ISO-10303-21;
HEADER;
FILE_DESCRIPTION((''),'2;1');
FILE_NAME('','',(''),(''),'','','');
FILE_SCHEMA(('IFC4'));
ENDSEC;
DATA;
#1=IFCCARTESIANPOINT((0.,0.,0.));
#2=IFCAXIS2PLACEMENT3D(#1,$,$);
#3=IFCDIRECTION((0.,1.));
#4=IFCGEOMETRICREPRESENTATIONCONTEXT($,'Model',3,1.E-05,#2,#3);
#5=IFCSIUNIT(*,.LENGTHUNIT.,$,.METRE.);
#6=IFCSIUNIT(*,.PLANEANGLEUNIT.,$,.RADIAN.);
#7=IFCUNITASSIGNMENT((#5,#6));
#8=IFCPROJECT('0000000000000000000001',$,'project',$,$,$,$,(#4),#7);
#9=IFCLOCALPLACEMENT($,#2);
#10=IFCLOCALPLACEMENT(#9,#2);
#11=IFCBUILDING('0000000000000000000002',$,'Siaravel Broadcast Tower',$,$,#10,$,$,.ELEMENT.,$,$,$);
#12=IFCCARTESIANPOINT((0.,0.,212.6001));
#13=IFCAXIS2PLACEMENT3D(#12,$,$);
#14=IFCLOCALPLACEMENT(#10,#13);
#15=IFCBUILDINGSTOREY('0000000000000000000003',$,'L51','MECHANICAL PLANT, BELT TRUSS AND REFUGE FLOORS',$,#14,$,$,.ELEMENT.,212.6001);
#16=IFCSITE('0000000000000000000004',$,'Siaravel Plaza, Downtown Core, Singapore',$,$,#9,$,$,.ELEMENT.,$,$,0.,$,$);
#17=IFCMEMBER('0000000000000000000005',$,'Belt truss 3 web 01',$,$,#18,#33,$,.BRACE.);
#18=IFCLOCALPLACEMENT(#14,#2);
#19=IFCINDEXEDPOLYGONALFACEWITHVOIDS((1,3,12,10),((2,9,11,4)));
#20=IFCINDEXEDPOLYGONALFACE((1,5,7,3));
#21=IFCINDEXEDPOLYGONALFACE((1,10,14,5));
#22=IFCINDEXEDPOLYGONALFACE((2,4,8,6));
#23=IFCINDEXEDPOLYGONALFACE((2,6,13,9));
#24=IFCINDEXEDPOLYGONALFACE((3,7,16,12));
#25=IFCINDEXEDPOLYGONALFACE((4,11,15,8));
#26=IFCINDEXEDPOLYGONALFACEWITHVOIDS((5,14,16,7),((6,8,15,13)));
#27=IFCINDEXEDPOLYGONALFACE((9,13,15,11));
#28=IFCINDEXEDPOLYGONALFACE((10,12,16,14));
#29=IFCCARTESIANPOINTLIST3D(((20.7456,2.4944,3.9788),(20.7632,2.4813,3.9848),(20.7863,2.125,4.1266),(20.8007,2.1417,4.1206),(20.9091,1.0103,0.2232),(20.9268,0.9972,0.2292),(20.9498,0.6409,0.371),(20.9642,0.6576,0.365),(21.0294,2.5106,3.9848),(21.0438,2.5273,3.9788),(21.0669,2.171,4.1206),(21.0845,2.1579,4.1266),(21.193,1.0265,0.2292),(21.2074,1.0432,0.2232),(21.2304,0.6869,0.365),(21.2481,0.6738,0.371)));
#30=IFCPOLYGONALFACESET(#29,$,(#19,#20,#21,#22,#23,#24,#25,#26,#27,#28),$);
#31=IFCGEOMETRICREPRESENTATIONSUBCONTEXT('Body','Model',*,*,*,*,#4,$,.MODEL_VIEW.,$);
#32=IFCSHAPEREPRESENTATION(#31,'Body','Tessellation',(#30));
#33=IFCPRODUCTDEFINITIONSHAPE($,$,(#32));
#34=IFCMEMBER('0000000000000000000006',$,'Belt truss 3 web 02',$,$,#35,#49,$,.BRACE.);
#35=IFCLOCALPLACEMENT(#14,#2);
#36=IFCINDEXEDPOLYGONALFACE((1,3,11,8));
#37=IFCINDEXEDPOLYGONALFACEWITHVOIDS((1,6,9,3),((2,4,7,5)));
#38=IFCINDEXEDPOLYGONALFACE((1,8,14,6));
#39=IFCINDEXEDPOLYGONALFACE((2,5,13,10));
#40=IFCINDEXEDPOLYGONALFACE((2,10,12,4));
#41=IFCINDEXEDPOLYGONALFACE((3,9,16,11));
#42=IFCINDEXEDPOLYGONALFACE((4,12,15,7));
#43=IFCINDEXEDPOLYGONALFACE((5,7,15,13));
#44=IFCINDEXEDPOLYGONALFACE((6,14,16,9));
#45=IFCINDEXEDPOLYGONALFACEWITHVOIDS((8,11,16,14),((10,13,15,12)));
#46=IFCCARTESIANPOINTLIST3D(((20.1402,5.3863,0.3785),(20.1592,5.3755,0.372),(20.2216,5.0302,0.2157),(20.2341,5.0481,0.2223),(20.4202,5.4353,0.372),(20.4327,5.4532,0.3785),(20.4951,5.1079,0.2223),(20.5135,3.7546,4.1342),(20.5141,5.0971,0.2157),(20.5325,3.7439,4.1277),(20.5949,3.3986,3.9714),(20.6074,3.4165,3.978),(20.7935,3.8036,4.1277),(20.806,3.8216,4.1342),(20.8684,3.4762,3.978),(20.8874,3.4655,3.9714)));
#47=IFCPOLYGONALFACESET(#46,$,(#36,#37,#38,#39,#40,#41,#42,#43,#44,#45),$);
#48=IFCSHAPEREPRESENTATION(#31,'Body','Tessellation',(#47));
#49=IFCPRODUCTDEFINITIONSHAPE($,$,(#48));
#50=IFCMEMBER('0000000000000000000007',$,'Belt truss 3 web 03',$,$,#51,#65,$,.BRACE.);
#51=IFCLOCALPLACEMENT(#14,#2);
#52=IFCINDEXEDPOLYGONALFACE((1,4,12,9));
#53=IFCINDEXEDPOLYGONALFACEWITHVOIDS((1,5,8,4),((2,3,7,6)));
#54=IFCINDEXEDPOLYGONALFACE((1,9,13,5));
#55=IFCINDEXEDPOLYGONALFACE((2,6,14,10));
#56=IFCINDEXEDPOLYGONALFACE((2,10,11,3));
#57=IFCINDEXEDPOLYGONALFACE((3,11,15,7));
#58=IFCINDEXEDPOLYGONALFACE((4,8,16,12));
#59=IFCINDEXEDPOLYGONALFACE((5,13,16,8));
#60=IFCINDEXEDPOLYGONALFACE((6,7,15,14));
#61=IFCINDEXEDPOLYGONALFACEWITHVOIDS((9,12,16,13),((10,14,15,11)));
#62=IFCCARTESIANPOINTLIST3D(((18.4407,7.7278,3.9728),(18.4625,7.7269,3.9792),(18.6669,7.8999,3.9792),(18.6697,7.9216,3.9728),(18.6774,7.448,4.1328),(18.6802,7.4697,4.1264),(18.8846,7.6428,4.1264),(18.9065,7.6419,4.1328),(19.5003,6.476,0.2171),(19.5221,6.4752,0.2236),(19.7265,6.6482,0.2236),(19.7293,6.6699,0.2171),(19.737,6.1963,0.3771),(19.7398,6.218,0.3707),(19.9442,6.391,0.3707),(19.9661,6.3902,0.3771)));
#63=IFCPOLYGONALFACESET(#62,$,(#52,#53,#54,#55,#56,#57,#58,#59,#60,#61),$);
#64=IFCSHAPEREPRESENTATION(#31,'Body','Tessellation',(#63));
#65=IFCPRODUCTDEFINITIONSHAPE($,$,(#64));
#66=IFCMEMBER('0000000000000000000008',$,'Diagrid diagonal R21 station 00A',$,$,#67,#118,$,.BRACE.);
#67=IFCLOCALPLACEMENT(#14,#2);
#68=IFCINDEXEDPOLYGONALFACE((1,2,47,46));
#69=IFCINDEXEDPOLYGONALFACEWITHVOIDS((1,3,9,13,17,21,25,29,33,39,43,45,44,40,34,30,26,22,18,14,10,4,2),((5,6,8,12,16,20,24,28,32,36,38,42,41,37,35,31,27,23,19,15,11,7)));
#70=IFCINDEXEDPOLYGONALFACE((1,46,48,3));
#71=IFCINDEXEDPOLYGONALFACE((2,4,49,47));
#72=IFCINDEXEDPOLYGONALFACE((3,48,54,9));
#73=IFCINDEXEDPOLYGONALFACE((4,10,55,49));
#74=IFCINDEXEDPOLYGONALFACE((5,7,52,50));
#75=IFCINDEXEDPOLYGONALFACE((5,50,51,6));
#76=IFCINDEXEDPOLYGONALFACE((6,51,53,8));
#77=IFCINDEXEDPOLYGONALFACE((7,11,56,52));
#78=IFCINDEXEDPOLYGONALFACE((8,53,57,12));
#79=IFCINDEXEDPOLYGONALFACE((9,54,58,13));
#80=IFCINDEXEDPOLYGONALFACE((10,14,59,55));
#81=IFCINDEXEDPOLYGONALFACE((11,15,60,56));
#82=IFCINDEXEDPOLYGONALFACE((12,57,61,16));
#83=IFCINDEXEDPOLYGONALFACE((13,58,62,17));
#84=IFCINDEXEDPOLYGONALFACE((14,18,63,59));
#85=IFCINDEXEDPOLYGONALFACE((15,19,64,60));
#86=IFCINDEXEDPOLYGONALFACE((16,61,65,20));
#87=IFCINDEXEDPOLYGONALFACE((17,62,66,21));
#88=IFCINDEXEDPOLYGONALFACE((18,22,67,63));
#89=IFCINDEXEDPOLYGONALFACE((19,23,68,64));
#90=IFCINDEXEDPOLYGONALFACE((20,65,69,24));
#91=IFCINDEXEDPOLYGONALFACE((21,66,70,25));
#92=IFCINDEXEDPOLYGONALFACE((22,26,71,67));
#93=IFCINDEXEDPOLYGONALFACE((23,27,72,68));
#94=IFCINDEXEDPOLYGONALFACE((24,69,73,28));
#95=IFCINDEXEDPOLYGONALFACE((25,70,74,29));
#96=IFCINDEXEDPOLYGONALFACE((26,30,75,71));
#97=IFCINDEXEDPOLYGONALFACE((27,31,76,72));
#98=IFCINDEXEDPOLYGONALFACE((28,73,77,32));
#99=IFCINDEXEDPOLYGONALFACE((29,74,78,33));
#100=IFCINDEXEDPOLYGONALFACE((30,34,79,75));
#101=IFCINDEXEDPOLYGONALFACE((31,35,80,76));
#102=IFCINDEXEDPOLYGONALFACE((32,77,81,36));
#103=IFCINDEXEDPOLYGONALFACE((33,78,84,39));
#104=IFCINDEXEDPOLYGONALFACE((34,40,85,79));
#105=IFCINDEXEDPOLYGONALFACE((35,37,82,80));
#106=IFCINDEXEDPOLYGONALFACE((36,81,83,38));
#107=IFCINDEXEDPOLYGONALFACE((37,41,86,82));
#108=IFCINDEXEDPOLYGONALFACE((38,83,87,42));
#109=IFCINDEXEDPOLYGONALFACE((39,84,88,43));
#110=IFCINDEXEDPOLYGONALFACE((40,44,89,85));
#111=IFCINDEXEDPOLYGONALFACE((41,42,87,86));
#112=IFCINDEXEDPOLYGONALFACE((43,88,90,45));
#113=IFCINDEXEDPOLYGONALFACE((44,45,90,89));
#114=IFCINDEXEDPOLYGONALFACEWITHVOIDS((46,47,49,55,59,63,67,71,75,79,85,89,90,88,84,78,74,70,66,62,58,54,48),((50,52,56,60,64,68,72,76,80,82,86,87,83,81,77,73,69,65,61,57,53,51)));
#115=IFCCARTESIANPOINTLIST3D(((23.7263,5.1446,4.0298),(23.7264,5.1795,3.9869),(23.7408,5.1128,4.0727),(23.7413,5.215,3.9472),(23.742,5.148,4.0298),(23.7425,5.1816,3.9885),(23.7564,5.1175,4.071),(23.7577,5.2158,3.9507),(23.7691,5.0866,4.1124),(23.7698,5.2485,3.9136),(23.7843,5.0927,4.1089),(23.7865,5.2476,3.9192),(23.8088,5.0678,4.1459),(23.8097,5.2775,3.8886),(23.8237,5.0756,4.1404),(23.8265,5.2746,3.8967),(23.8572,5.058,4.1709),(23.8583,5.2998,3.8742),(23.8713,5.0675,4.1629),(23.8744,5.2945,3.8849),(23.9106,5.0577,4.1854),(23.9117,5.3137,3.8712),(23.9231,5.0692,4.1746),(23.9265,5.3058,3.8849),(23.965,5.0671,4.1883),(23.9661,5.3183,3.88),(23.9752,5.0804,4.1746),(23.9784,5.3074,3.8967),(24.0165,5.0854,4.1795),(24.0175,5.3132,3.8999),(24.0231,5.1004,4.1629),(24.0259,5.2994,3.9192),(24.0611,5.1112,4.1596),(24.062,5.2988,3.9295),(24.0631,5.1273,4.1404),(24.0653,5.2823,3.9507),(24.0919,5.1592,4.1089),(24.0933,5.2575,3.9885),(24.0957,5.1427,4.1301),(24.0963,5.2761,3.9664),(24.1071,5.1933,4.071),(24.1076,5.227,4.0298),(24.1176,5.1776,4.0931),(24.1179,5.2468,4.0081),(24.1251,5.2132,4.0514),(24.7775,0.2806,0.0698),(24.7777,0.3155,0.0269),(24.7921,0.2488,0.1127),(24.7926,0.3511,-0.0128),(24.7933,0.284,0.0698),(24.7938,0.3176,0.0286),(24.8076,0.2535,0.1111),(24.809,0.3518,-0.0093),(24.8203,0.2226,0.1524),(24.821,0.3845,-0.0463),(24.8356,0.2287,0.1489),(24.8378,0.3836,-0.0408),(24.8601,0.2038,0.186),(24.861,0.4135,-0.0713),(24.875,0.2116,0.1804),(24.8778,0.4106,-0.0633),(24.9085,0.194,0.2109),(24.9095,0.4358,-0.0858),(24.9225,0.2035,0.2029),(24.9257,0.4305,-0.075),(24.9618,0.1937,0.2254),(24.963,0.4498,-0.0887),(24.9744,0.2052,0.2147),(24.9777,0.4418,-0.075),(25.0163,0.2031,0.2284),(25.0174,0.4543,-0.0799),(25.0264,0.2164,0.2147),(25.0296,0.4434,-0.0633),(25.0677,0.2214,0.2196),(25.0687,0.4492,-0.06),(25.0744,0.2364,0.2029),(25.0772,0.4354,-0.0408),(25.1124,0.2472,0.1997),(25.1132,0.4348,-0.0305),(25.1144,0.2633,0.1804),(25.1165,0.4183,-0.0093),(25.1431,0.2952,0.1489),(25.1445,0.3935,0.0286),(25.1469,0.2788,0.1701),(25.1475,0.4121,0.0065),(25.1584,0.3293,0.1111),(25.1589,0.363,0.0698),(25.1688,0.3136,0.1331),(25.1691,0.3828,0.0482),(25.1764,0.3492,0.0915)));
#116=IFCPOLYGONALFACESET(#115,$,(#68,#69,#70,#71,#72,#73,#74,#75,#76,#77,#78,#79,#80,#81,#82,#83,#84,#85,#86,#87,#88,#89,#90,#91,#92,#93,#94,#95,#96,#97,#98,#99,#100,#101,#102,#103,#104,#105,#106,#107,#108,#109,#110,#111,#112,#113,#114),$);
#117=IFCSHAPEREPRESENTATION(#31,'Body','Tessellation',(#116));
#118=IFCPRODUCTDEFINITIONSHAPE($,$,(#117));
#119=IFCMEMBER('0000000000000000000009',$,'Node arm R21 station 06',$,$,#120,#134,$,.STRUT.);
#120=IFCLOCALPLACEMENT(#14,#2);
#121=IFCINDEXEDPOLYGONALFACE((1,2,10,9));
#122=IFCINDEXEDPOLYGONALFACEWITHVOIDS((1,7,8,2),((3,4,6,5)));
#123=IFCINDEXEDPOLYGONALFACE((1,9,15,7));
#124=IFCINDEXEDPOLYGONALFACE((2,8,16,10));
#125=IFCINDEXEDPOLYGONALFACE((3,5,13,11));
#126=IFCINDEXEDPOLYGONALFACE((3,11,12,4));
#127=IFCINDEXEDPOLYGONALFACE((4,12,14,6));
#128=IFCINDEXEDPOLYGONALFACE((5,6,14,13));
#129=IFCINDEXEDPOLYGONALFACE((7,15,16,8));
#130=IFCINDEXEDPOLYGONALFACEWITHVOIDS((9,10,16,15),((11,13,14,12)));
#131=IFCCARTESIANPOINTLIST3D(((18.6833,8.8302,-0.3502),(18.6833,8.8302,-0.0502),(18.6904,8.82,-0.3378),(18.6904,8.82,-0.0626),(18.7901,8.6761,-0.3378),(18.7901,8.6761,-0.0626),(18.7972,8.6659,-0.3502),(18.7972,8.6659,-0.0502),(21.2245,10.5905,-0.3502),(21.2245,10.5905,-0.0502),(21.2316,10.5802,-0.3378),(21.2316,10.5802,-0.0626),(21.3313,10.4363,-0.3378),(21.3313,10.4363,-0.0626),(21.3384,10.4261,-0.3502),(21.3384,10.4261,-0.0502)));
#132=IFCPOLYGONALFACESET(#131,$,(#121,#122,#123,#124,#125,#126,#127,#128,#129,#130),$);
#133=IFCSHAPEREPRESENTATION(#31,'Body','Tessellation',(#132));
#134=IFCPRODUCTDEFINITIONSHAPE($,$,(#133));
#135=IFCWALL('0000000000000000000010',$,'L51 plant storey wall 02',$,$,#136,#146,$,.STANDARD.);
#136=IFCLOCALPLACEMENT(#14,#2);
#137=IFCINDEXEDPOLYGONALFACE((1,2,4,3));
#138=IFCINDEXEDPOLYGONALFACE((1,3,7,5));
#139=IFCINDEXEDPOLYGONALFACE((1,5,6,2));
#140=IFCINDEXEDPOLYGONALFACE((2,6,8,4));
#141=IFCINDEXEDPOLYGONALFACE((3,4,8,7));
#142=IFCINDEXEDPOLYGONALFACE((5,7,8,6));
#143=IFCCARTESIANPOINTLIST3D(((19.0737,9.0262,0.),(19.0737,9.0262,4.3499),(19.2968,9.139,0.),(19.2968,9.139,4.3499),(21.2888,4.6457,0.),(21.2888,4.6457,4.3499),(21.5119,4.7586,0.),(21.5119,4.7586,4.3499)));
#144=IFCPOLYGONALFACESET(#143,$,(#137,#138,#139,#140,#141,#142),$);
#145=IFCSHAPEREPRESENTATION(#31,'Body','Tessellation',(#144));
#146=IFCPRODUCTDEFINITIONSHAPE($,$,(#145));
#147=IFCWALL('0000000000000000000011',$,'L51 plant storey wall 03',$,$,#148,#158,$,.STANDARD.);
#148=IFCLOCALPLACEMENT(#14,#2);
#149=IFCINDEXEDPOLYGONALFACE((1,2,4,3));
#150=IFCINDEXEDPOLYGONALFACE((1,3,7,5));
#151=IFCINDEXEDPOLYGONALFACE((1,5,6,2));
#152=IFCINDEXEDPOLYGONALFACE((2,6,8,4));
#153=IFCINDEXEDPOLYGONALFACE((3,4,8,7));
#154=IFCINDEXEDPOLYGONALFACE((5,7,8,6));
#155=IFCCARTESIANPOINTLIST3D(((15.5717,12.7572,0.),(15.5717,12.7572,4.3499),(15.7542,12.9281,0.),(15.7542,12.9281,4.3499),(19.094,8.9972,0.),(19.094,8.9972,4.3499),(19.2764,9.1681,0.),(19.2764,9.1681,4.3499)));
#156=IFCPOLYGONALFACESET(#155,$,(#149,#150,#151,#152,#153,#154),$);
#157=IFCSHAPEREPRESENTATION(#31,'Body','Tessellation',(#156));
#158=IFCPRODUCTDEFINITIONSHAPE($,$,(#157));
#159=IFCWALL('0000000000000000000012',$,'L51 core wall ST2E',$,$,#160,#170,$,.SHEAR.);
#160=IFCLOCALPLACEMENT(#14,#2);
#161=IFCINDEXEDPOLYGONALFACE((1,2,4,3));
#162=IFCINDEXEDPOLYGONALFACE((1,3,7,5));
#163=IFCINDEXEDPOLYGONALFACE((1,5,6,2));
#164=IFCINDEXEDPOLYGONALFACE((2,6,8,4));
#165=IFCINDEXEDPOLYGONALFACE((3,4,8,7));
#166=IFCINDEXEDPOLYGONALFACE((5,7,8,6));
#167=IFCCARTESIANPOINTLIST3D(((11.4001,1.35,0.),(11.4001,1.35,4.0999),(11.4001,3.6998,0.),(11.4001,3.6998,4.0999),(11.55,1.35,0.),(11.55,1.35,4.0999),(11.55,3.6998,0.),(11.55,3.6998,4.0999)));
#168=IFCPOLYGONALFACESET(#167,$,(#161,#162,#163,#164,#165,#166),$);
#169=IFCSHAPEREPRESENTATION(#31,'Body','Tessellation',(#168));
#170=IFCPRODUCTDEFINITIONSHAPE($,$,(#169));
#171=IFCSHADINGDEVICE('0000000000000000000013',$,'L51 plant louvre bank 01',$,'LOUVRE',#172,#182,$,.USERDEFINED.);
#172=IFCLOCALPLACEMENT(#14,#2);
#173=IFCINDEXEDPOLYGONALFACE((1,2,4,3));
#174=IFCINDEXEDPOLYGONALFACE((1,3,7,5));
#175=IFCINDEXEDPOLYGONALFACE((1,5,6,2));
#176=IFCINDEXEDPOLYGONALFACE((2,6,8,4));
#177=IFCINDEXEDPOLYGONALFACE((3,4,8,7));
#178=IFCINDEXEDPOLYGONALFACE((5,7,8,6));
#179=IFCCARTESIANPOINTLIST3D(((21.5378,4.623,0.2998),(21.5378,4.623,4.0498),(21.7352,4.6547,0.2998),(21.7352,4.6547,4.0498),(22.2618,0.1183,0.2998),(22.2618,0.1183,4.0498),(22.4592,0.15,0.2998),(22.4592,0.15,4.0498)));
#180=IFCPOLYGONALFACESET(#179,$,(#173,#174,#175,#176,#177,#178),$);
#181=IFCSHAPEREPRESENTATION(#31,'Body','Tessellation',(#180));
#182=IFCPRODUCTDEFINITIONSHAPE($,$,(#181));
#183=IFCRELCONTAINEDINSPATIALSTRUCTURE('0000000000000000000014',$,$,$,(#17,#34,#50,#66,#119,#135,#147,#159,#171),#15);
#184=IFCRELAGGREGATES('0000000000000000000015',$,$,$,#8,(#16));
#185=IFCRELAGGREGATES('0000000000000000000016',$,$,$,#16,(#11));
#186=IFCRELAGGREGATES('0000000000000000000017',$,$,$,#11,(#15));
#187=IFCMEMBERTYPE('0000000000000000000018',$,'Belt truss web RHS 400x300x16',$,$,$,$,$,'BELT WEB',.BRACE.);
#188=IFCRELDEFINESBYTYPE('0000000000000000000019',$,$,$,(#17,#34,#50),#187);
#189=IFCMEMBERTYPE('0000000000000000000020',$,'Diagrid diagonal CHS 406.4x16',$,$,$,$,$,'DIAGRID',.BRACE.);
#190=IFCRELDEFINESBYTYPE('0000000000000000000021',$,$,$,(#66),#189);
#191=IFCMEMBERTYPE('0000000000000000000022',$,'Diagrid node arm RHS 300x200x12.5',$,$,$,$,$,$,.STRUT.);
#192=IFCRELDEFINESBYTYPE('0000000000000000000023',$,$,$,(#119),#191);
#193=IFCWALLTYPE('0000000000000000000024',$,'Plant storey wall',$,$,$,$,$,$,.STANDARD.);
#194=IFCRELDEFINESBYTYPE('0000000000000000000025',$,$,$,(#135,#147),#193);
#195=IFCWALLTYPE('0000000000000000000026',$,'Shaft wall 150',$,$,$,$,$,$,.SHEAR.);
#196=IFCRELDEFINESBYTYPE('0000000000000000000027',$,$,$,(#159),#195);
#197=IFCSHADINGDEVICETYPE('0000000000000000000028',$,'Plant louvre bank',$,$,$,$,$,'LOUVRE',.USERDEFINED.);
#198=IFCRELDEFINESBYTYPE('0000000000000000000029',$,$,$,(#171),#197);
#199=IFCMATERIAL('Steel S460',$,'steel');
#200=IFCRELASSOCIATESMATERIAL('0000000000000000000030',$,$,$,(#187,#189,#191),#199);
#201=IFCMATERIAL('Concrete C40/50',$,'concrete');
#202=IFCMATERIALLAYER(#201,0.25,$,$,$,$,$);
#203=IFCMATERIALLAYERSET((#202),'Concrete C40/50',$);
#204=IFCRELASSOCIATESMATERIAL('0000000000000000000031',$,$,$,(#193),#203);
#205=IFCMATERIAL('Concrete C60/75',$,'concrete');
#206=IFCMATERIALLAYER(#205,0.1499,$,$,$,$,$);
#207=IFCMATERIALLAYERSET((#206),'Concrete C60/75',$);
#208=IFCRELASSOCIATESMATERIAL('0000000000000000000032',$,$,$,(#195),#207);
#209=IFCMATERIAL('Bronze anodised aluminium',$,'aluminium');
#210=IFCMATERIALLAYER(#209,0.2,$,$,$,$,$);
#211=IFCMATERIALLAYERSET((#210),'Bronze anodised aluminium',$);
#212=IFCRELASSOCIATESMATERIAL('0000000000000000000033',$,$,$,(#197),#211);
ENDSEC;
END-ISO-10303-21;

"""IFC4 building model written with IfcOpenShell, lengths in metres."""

from ifc_helpers import new_model, si_unit, direction, frame, frame_2d, origin, origin_2d, place, context, subcontext, project, spatial, rectangle, hollow_rectangle, hollow_circle, extrude, material, layer, layer_set, material_profile, profile_set, type_object, element, save


model = new_model("IFC4")

# Units and contexts
model_context = context("Model", 3, precision=1e-05, world=origin(), true_north=direction((0.0, 1.0)))
body_context = subcontext(model_context, "Body", "Model", "MODEL_VIEW")
ifc_project = project(units=[si_unit("LENGTHUNIT", "METRE"), si_unit("PLANEANGLEUNIT", "RADIAN")], contexts=[model_context])

# Site, building, storey
site_placement = place(None, origin())
site = spatial("IfcSite", under=ifc_project, at=site_placement, Name="Siaravel Plaza, Downtown Core, Singapore", CompositionType="ELEMENT", RefElevation=0.0)
building_placement = place(site_placement, origin())
building = spatial("IfcBuilding", under=site, at=building_placement, Name="Siaravel Broadcast Tower", CompositionType="ELEMENT")
storey_placement = place(building_placement, frame((0.0, 0.0, 212.6001)))
storey = spatial("IfcBuildingStorey", under=building, at=storey_placement, Name="L51", Description="MECHANICAL PLANT, BELT TRUSS AND REFUGE FLOORS", CompositionType="ELEMENT", Elevation=212.6001)

# Shared definitions
ifc_material_1 = material(Name="Concrete C60/75", Category="concrete")

# Shared definitions
ifc_material_2 = material(Name="Steel S460", Category="steel")

# Members
ifc_material_profile_1 = material_profile(ifc_material_2, hollow_rectangle(XDim=0.3, YDim=0.3999, WallThickness=0.0161, at=origin_2d()))
ifc_profile_set_1 = profile_set([ifc_material_profile_1], Name="Steel S460")
member_type_1 = type_object("IfcMemberType", Name="Belt truss web RHS 400x300x16", ElementType="BELT WEB", PredefinedType="BRACE", material=ifc_profile_set_1)
member_1_placement = place(storey_placement, frame((21.0786, 0.842, 0.2971), z_axis=(-0.040473, 0.367219, 0.929253), x_axis=(-0.993981, -0.109552, 0.0)))
element("IfcMember", 1, at=member_1_placement, inside=storey, type_object=member_type_1, Name="Belt truss 3 web 01", PredefinedType="BRACE", context=body_context, shape_type="SweptSolid", body=[
    extrude(hollow_rectangle(XDim=0.3, YDim=0.3999, WallThickness=0.0161, at=origin_2d()), origin(), (0.0, 0.0, 1.0), 4.0415),
])
member_2_placement = place(storey_placement, frame((20.3271, 5.2417, 0.2971), z_axis=(0.090787, -0.396817, 0.913397), x_axis=(0.974812, 0.223027, 0.0)))
element("IfcMember", 2, at=member_2_placement, inside=storey, type_object=member_type_1, Name="Belt truss 3 web 02", PredefinedType="BRACE", context=body_context, shape_type="SweptSolid", body=[
    extrude(hollow_rectangle(XDim=0.3, YDim=0.3999, WallThickness=0.0161, at=origin_2d()), origin(), (0.0, 0.0, 1.0), 4.1118),
])
member_3_placement = place(storey_placement, frame((19.7332, 6.4331, 0.2971), z_axis=(-0.258554, 0.305439, 0.916437), x_axis=(-0.763256, -0.646096, 0.0)))
element("IfcMember", 3, at=member_3_placement, inside=storey, type_object=member_type_1, Name="Belt truss 3 web 03", PredefinedType="BRACE", context=body_context, shape_type="SweptSolid", body=[
    extrude(hollow_rectangle(XDim=0.3, YDim=0.3999, WallThickness=0.0161, at=origin_2d()), origin(), (0.0, 0.0, 1.0), 4.0981),
])
ifc_material_profile_2 = material_profile(ifc_material_2, hollow_circle(Radius=0.2031, WallThickness=0.0161, at=origin_2d()))
ifc_profile_set_2 = profile_set([ifc_material_profile_2], Name="Steel S460")
member_type_2 = type_object("IfcMemberType", Name="Diagrid diagonal CHS 406.4x16", ElementType="DIAGRID", PredefinedType="BRACE", material=ifc_profile_set_2)
member_4_placement = place(storey_placement, frame((24.9761, 0.3235, 0.0698), z_axis=(-0.165303, 0.764825, 0.62267), x_axis=(-0.977431, -0.211254, 0.0)))
element("IfcMember", 4, at=member_4_placement, inside=storey, type_object=member_type_2, Name="Diagrid diagonal R21 station 00A", PredefinedType="BRACE", context=body_context, shape_type="SweptSolid", body=[
    extrude(hollow_circle(Radius=0.2031, WallThickness=0.0161, at=origin_2d()), origin(), (0.0, 0.0, 1.0), 6.3596),
])
ifc_material_profile_3 = material_profile(ifc_material_2, hollow_rectangle(XDim=0.2, YDim=0.3, WallThickness=0.0125, at=origin_2d()))
ifc_profile_set_3 = profile_set([ifc_material_profile_3], Name="Steel S460")
member_type_3 = type_object("IfcMemberType", Name="Diagrid node arm RHS 300x200x12.5", PredefinedType="STRUT", material=ifc_profile_set_3)
member_5_placement = place(storey_placement, frame((18.7402, 8.748, -0.2002), z_axis=(0.822053, 0.569411, 0.0), x_axis=(-0.569411, 0.822053, 0.0)))
element("IfcMember", 5, at=member_5_placement, inside=storey, type_object=member_type_3, Name="Node arm R21 station 06", PredefinedType="STRUT", context=body_context, shape_type="SweptSolid", body=[
    extrude(hollow_rectangle(XDim=0.2, YDim=0.3, WallThickness=0.0125, at=origin_2d()), origin(), (0.0, 0.0, 1.0), 3.0913),
])

# Walls
ifc_material_3 = material(Name="Concrete C40/50", Category="concrete")
ifc_layer_1 = layer(ifc_material_3, 0.25)
ifc_layer_set_1 = layer_set([ifc_layer_1], Name="Concrete C40/50")
wall_type_1 = type_object("IfcWallType", Name="Plant storey wall", PredefinedType="STANDARD", material=ifc_layer_set_1)
wall_1_placement = place(storey_placement, frame((21.4004, 4.7021, 0.0), z_axis=(0.0, 0.0, 1.0), x_axis=(-0.451268, 0.892389, 0.0)))
element("IfcWall", 6, at=wall_1_placement, inside=storey, type_object=wall_type_1, Name="L51 plant storey wall 02", PredefinedType="STANDARD", context=body_context, shape_type="SweptSolid", body=[
    extrude(rectangle(XDim=4.9087, YDim=0.25, at=frame_2d((2.4543, 0.0))), origin(), (0.0, 0.0, 1.0), 4.3499),
])
wall_2_placement = place(storey_placement, frame((19.1853, 9.0825, 0.0), z_axis=(0.0, 0.0, 1.0), x_axis=(-0.683653, 0.729808, 0.0)))
element("IfcWall", 7, at=wall_2_placement, inside=storey, type_object=wall_type_1, Name="L51 plant storey wall 03", PredefinedType="STANDARD", context=body_context, shape_type="SweptSolid", body=[
    extrude(rectangle(XDim=5.1521, YDim=0.25, at=frame_2d((2.5762, 0.0))), origin(), (0.0, 0.0, 1.0), 4.3499),
])
ifc_layer_2 = layer(ifc_material_1, 0.1499)
ifc_layer_set_2 = layer_set([ifc_layer_2], Name="Concrete C60/75")
wall_type_2 = type_object("IfcWallType", Name="Shaft wall 150", PredefinedType="SHEAR", material=ifc_layer_set_2)
wall_3_placement = place(storey_placement, frame((11.4751, 1.3501, 0.0), z_axis=(0.0, 0.0, 1.0), x_axis=(0.0, 1.0, 0.0)))
element("IfcWall", 8, at=wall_3_placement, inside=storey, type_object=wall_type_2, Name="L51 core wall ST2E", PredefinedType="SHEAR", context=body_context, shape_type="SweptSolid", body=[
    extrude(rectangle(XDim=2.3499, YDim=0.1499, at=frame_2d((1.1748, 0.0))), origin(), (0.0, 0.0, 1.0), 4.0999),
])

# Shading device
ifc_material_4 = material(Name="Bronze anodised aluminium", Category="aluminium")
ifc_layer_3 = layer(ifc_material_4, 0.2)
ifc_layer_set_3 = layer_set([ifc_layer_3], Name="Bronze anodised aluminium")
shading_device_type = type_object("IfcShadingDeviceType", Name="Plant louvre bank", ElementType="LOUVRE", PredefinedType="USERDEFINED", material=ifc_layer_set_3)
shading_device_1_placement = place(storey_placement, frame((21.9985, 2.3865, 0.2998), z_axis=(0.0, 0.0, 1.0), x_axis=(-0.158685, 0.987329, 0.0)))
element("IfcShadingDevice", 9, at=shading_device_1_placement, inside=storey, type_object=shading_device_type, Name="L51 plant louvre bank 01", ObjectType="LOUVRE", PredefinedType="USERDEFINED", context=body_context, shape_type="SweptSolid", body=[
    extrude(rectangle(XDim=4.5625, YDim=0.2, at=origin_2d()), origin(), (0.0, 0.0, 1.0), 3.75),
])

save(model, "model.ifc")
